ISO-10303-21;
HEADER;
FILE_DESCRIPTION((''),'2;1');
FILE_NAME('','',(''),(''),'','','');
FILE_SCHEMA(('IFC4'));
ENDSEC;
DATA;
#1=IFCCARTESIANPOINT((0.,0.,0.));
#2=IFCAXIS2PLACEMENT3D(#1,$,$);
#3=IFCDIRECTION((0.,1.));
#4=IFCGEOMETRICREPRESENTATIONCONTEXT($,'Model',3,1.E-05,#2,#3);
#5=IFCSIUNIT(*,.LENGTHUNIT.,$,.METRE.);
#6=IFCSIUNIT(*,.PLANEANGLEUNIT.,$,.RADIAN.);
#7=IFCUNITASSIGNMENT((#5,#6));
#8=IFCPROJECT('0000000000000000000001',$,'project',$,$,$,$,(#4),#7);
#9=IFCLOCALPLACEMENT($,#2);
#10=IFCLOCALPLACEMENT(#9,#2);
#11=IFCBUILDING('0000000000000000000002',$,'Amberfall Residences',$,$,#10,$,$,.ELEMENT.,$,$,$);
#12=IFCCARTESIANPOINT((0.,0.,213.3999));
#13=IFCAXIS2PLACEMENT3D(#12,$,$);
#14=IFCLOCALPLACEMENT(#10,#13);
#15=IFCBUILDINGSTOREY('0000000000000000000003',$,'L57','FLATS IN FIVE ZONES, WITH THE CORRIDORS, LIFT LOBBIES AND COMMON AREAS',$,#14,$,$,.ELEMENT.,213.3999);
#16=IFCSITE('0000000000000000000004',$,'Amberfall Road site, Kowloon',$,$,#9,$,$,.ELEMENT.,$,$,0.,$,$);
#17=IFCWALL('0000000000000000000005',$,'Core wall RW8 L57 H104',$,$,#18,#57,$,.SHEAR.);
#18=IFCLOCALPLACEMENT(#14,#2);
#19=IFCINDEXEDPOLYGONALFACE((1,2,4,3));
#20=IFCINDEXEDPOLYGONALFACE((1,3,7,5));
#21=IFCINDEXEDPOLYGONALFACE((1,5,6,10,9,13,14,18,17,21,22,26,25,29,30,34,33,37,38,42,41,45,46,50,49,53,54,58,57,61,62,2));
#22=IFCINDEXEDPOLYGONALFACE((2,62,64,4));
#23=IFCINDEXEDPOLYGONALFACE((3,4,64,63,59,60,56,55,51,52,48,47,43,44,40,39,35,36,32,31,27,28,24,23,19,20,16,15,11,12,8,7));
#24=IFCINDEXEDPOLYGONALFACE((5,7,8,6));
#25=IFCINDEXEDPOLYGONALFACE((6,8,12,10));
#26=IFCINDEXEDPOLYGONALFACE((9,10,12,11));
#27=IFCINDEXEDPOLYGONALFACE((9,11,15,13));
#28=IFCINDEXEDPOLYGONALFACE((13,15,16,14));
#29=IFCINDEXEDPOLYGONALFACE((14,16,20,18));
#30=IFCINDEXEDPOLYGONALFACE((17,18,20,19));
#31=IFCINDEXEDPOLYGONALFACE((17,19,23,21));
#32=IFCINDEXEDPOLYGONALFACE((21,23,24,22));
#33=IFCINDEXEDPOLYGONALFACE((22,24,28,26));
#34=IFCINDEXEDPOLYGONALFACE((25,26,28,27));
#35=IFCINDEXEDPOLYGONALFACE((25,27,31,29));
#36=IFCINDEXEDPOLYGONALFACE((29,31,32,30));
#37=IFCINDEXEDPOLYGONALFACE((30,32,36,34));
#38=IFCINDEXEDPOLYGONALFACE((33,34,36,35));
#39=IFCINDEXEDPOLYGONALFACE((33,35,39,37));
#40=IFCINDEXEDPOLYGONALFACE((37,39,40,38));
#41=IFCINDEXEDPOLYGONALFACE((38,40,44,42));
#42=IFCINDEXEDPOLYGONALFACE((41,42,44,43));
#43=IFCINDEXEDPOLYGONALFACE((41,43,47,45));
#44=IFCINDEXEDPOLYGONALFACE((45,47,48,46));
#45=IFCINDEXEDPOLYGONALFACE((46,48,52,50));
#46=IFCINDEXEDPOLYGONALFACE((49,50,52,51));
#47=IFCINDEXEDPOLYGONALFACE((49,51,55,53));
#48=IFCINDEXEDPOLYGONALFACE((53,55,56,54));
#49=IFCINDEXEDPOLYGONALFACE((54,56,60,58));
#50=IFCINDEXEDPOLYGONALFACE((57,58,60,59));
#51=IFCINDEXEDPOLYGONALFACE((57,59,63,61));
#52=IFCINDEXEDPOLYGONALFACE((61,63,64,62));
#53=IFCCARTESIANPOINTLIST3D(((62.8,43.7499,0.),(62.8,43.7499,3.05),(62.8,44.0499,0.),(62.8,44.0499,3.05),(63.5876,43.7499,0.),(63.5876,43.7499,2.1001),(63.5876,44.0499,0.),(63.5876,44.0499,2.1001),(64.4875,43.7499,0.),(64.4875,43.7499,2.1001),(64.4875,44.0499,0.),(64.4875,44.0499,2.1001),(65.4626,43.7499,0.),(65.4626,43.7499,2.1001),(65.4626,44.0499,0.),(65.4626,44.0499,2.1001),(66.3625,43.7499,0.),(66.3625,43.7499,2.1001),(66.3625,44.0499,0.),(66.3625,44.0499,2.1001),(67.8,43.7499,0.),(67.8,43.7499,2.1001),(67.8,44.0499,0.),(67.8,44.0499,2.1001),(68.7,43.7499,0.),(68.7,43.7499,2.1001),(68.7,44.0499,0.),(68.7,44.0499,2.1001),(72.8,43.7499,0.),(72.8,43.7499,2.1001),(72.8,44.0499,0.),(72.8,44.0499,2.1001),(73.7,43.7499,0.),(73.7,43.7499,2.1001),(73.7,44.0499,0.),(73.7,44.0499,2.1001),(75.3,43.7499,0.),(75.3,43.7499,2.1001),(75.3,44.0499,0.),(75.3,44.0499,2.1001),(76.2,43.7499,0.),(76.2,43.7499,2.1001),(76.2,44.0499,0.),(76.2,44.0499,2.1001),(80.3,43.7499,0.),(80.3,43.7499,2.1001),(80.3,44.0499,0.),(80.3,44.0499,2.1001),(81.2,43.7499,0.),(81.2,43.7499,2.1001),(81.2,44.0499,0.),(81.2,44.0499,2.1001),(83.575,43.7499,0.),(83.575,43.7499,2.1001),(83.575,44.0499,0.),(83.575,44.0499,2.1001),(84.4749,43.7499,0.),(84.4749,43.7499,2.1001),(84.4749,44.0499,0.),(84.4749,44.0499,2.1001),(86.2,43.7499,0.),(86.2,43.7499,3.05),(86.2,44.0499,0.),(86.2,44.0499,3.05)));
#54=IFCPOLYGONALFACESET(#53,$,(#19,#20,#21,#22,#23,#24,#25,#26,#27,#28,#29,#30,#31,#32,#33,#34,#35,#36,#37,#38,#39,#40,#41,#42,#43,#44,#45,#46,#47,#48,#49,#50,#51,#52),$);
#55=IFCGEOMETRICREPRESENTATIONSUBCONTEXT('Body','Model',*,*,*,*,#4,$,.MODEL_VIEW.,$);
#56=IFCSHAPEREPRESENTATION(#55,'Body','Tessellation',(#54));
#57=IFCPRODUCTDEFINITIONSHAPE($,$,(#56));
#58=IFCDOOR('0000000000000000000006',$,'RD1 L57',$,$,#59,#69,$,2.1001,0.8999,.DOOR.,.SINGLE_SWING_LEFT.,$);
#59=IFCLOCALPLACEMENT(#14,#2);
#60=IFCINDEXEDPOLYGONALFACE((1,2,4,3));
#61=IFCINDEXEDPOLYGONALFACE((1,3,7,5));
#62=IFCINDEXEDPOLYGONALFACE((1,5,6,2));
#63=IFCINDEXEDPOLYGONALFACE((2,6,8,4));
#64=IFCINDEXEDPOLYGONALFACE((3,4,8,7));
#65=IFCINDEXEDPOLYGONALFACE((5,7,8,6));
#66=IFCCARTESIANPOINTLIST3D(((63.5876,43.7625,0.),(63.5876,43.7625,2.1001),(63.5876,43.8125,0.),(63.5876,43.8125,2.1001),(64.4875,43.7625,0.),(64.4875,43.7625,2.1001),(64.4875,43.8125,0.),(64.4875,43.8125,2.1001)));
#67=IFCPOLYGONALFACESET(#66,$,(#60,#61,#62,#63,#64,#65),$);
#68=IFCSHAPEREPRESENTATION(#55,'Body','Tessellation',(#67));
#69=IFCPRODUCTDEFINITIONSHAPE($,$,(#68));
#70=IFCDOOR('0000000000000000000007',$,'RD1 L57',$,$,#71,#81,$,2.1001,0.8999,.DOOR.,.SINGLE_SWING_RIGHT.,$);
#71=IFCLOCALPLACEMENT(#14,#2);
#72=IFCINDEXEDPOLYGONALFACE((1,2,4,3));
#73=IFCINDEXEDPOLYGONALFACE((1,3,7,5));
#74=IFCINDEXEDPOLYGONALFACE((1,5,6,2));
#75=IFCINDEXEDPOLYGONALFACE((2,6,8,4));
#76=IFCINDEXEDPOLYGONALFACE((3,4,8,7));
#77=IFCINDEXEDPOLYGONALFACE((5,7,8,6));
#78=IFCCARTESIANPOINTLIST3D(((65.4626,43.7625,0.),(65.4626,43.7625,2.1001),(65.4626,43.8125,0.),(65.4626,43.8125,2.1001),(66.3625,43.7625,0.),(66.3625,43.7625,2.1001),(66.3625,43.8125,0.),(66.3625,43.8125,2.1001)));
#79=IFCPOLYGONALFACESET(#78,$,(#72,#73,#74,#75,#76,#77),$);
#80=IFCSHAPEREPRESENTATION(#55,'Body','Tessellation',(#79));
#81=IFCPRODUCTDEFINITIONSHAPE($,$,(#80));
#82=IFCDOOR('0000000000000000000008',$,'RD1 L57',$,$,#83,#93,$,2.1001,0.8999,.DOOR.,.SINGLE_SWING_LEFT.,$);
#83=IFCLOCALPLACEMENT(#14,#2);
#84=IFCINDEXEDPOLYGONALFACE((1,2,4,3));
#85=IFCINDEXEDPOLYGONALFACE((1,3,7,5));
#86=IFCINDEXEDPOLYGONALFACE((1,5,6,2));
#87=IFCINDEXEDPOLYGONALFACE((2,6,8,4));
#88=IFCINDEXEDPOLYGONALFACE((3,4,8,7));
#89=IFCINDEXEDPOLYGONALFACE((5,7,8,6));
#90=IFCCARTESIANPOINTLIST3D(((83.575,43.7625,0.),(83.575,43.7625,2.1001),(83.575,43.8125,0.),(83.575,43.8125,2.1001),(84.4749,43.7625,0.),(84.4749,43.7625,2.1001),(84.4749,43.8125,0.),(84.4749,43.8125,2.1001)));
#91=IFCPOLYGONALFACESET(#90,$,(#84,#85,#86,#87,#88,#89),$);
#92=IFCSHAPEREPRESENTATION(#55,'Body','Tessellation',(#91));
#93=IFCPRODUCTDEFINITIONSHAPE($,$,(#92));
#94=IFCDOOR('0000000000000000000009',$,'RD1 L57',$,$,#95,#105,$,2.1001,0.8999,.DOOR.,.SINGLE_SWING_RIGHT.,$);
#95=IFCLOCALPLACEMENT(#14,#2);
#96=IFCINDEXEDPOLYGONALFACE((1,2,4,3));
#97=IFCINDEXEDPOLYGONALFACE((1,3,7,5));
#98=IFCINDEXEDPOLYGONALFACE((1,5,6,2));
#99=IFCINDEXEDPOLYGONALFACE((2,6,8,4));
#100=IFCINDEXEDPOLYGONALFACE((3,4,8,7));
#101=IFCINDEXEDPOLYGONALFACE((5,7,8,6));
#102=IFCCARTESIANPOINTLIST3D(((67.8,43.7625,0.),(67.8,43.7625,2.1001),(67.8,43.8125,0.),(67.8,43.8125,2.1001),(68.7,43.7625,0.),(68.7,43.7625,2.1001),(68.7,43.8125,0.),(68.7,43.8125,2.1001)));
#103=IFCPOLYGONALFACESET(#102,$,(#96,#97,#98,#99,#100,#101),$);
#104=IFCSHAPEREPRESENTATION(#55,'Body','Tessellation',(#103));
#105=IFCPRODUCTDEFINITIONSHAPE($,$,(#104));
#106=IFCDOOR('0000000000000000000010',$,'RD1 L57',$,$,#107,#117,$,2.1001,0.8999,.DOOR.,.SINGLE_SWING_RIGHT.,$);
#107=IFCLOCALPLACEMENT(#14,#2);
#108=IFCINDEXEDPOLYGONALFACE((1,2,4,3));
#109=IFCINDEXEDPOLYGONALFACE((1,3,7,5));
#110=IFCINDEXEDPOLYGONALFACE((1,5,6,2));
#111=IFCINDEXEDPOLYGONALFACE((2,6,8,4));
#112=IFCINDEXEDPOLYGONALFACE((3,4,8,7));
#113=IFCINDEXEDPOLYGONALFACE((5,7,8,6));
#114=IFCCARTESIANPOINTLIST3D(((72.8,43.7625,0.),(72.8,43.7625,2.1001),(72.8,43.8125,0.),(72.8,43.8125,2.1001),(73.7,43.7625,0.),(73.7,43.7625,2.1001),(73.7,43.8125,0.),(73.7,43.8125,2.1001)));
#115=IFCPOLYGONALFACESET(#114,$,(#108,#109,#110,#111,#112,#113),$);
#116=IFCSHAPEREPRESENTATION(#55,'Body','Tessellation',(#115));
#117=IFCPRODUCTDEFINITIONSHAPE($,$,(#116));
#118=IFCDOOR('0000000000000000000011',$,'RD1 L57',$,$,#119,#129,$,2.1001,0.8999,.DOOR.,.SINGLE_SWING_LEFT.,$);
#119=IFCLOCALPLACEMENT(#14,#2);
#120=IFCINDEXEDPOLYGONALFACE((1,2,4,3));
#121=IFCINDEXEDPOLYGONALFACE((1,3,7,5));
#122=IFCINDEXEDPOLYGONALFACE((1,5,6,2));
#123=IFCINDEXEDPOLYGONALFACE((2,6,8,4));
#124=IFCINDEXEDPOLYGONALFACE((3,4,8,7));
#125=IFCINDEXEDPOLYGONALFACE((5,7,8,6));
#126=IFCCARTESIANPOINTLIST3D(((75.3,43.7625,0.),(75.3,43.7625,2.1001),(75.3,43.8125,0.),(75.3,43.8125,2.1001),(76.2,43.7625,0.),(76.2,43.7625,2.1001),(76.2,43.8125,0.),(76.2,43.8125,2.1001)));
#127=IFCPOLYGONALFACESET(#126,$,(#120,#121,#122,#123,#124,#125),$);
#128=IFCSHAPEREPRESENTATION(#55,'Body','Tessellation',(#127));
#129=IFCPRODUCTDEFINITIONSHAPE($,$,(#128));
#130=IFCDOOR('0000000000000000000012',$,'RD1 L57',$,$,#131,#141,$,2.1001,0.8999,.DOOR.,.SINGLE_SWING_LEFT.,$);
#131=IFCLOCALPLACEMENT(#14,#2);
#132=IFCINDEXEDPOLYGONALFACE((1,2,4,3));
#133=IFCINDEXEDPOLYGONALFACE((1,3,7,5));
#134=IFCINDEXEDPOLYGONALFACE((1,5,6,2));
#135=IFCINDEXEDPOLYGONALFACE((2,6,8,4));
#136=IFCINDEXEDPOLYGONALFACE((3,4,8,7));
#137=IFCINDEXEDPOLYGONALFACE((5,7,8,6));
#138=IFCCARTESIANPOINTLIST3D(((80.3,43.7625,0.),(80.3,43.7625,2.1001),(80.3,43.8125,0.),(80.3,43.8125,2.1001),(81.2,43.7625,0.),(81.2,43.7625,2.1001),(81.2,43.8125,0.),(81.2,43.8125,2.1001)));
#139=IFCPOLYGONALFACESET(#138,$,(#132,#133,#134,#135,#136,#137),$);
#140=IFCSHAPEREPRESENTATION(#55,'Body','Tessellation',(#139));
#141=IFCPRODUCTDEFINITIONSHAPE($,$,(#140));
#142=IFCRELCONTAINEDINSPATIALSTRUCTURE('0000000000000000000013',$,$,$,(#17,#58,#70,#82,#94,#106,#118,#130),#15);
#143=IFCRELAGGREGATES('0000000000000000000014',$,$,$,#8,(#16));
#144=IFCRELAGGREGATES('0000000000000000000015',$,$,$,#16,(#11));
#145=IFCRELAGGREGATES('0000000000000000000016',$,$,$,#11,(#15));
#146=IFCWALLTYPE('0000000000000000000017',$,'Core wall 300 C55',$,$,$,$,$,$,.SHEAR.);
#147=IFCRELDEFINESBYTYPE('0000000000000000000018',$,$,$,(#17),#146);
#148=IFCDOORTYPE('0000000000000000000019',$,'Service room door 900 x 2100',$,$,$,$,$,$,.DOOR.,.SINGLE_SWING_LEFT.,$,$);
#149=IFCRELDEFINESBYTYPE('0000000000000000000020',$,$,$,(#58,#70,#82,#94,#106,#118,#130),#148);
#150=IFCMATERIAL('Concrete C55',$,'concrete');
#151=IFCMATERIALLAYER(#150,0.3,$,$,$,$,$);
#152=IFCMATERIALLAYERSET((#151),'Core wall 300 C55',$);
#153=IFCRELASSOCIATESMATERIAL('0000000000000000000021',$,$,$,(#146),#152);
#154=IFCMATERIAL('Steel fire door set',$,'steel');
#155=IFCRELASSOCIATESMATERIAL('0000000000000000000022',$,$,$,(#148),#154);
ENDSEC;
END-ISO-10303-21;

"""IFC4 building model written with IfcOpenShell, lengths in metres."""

from ifc_helpers import new_model, si_unit, direction, frame, frame_2d, origin, place, context, subcontext, project, spatial, rectangle, extrude, material, layer, layer_set, type_object, element, fill, save


model = new_model("IFC4")

# Units and contexts
model_context = context("Model", 3, precision=1e-05, world=origin(), true_north=direction((0.0, 1.0)))
body_context = subcontext(model_context, "Body", "Model", "MODEL_VIEW")
ifc_project = project(units=[si_unit("LENGTHUNIT", "METRE"), si_unit("PLANEANGLEUNIT", "RADIAN")], contexts=[model_context])

# Site, building, storey
site_placement = place(None, origin())
site = spatial("IfcSite", under=ifc_project, at=site_placement, Name="Amberfall Road site, Kowloon", CompositionType="ELEMENT", RefElevation=0.0)
building_placement = place(site_placement, origin())
building = spatial("IfcBuilding", under=site, at=building_placement, Name="Amberfall Residences", CompositionType="ELEMENT")
storey_placement = place(building_placement, frame((0.0, 0.0, 213.3999)))
storey = spatial("IfcBuildingStorey", under=building, at=storey_placement, Name="L57", Description="FLATS IN FIVE ZONES, WITH THE CORRIDORS, LIFT LOBBIES AND COMMON AREAS", CompositionType="ELEMENT", Elevation=213.3999)

# Wall, openings, doors
ifc_material_1 = material(Name="Concrete C55", Category="concrete")
ifc_layer_1 = layer(ifc_material_1, 0.3)
ifc_layer_set_1 = layer_set([ifc_layer_1], Name="Core wall 300 C55")
wall_type_1 = type_object("IfcWallType", Name="Core wall 300 C55", PredefinedType="SHEAR", material=ifc_layer_set_1)
wall_1_placement = place(storey_placement, frame((62.8, 43.8999, 0.0), z_axis=(0.0, 0.0, 1.0), x_axis=(1.0, 0.0, 0.0)))
wall_1 = element("IfcWall", 1, at=wall_1_placement, inside=storey, type_object=wall_type_1, Name="Core wall RW8 L57 H104", PredefinedType="SHEAR", context=body_context, shape_type="SweptSolid", body=[
    extrude(rectangle(XDim=23.3999, YDim=0.3, at=frame_2d((11.7, 0.0))), origin(), (0.0, 0.0, 1.0), 3.05),
])
opening_1_placement = place(wall_1_placement, frame((0.7876, 0.0, 0.0)))
opening_1 = element("IfcOpeningElement", 2, at=opening_1_placement, cuts=wall_1, PredefinedType="OPENING", context=body_context, shape_type="SweptSolid", body=[
    extrude(rectangle(XDim=0.8999, YDim=2.1001, at=frame_2d((0.45, 1.05))), frame((0.0, 0.1599, 0.0), z_axis=(0.0, -1.0, 0.0), x_axis=(1.0, 0.0, 0.0)), (0.0, 0.0, 1.0), 0.3201),
])
opening_2_placement = place(wall_1_placement, frame((2.6626, 0.0, 0.0)))
opening_2 = element("IfcOpeningElement", 3, at=opening_2_placement, cuts=wall_1, PredefinedType="OPENING", context=body_context, shape_type="SweptSolid", body=[
    extrude(rectangle(XDim=0.8999, YDim=2.1001, at=frame_2d((0.45, 1.05))), frame((0.0, 0.1599, 0.0), z_axis=(0.0, -1.0, 0.0), x_axis=(1.0, 0.0, 0.0)), (0.0, 0.0, 1.0), 0.3201),
])
opening_3_placement = place(wall_1_placement, frame((20.7749, 0.0, 0.0)))
opening_3 = element("IfcOpeningElement", 4, at=opening_3_placement, cuts=wall_1, PredefinedType="OPENING", context=body_context, shape_type="SweptSolid", body=[
    extrude(rectangle(XDim=0.8999, YDim=2.1001, at=frame_2d((0.45, 1.05))), frame((0.0, 0.1599, 0.0), z_axis=(0.0, -1.0, 0.0), x_axis=(1.0, 0.0, 0.0)), (0.0, 0.0, 1.0), 0.3201),
])
opening_4_placement = place(wall_1_placement, frame((5.0, 0.0, 0.0)))
opening_4 = element("IfcOpeningElement", 5, at=opening_4_placement, cuts=wall_1, PredefinedType="OPENING", context=body_context, shape_type="SweptSolid", body=[
    extrude(rectangle(XDim=0.8999, YDim=2.1001, at=frame_2d((0.45, 1.05))), frame((0.0, 0.1599, 0.0), z_axis=(0.0, -1.0, 0.0), x_axis=(1.0, 0.0, 0.0)), (0.0, 0.0, 1.0), 0.3201),
])
opening_5_placement = place(wall_1_placement, frame((10.0, 0.0, 0.0)))
opening_5 = element("IfcOpeningElement", 6, at=opening_5_placement, cuts=wall_1, PredefinedType="OPENING", context=body_context, shape_type="SweptSolid", body=[
    extrude(rectangle(XDim=0.8999, YDim=2.1001, at=frame_2d((0.45, 1.05))), frame((0.0, 0.1599, 0.0), z_axis=(0.0, -1.0, 0.0), x_axis=(1.0, 0.0, 0.0)), (0.0, 0.0, 1.0), 0.3201),
])
opening_6_placement = place(wall_1_placement, frame((12.5, 0.0, 0.0)))
opening_6 = element("IfcOpeningElement", 7, at=opening_6_placement, cuts=wall_1, PredefinedType="OPENING", context=body_context, shape_type="SweptSolid", body=[
    extrude(rectangle(XDim=0.8999, YDim=2.1001, at=frame_2d((0.45, 1.05))), frame((0.0, 0.1599, 0.0), z_axis=(0.0, -1.0, 0.0), x_axis=(1.0, 0.0, 0.0)), (0.0, 0.0, 1.0), 0.3201),
])
opening_7_placement = place(wall_1_placement, frame((17.5, 0.0, 0.0)))
opening_7 = element("IfcOpeningElement", 8, at=opening_7_placement, cuts=wall_1, PredefinedType="OPENING", context=body_context, shape_type="SweptSolid", body=[
    extrude(rectangle(XDim=0.8999, YDim=2.1001, at=frame_2d((0.45, 1.05))), frame((0.0, 0.1599, 0.0), z_axis=(0.0, -1.0, 0.0), x_axis=(1.0, 0.0, 0.0)), (0.0, 0.0, 1.0), 0.3201),
])
ifc_material_2 = material(Name="Steel fire door set", Category="steel")
door_type_1 = type_object("IfcDoorType", Name="Service room door 900 x 2100", OperationType="SINGLE_SWING_LEFT", PredefinedType="DOOR", material=ifc_material_2)
door_1_placement = place(opening_1_placement, origin())
door_1 = element("IfcDoor", 9, at=door_1_placement, inside=storey, type_object=door_type_1, Name="RD1 L57", OperationType="SINGLE_SWING_LEFT", OverallHeight=2.1001, OverallWidth=0.8999, PredefinedType="DOOR", context=body_context, shape_type="SweptSolid", body=[
    extrude(rectangle(XDim=0.8999, YDim=2.1001, at=frame_2d((0.45, 1.05))), frame((0.0, -0.0874, 0.0), z_axis=(0.0, -1.0, 0.0), x_axis=(1.0, 0.0, 0.0)), (0.0, 0.0, 1.0), 0.05),
])
fill(opening_1, door_1)
door_2_placement = place(opening_2_placement, origin())
door_2 = element("IfcDoor", 10, at=door_2_placement, inside=storey, type_object=door_type_1, Name="RD1 L57", OperationType="SINGLE_SWING_RIGHT", OverallHeight=2.1001, OverallWidth=0.8999, PredefinedType="DOOR", context=body_context, shape_type="SweptSolid", body=[
    extrude(rectangle(XDim=0.8999, YDim=2.1001, at=frame_2d((0.45, 1.05))), frame((0.0, -0.0874, 0.0), z_axis=(0.0, -1.0, 0.0), x_axis=(1.0, 0.0, 0.0)), (0.0, 0.0, 1.0), 0.05),
])
fill(opening_2, door_2)
door_3_placement = place(opening_3_placement, origin())
door_3 = element("IfcDoor", 11, at=door_3_placement, inside=storey, type_object=door_type_1, Name="RD1 L57", OperationType="SINGLE_SWING_LEFT", OverallHeight=2.1001, OverallWidth=0.8999, PredefinedType="DOOR", context=body_context, shape_type="SweptSolid", body=[
    extrude(rectangle(XDim=0.8999, YDim=2.1001, at=frame_2d((0.45, 1.05))), frame((0.0, -0.0874, 0.0), z_axis=(0.0, -1.0, 0.0), x_axis=(1.0, 0.0, 0.0)), (0.0, 0.0, 1.0), 0.05),
])
fill(opening_3, door_3)
door_4_placement = place(opening_4_placement, origin())
door_4 = element("IfcDoor", 12, at=door_4_placement, inside=storey, type_object=door_type_1, Name="RD1 L57", OperationType="SINGLE_SWING_RIGHT", OverallHeight=2.1001, OverallWidth=0.8999, PredefinedType="DOOR", context=body_context, shape_type="SweptSolid", body=[
    extrude(rectangle(XDim=0.8999, YDim=2.1001, at=frame_2d((0.45, 1.05))), frame((0.0, -0.0874, 0.0), z_axis=(0.0, -1.0, 0.0), x_axis=(1.0, 0.0, 0.0)), (0.0, 0.0, 1.0), 0.05),
])
fill(opening_4, door_4)
door_5_placement = place(opening_5_placement, origin())
door_5 = element("IfcDoor", 13, at=door_5_placement, inside=storey, type_object=door_type_1, Name="RD1 L57", OperationType="SINGLE_SWING_RIGHT", OverallHeight=2.1001, OverallWidth=0.8999, PredefinedType="DOOR", context=body_context, shape_type="SweptSolid", body=[
    extrude(rectangle(XDim=0.8999, YDim=2.1001, at=frame_2d((0.45, 1.05))), frame((0.0, -0.0874, 0.0), z_axis=(0.0, -1.0, 0.0), x_axis=(1.0, 0.0, 0.0)), (0.0, 0.0, 1.0), 0.05),
])
fill(opening_5, door_5)
door_6_placement = place(opening_6_placement, origin())
door_6 = element("IfcDoor", 14, at=door_6_placement, inside=storey, type_object=door_type_1, Name="RD1 L57", OperationType="SINGLE_SWING_LEFT", OverallHeight=2.1001, OverallWidth=0.8999, PredefinedType="DOOR", context=body_context, shape_type="SweptSolid", body=[
    extrude(rectangle(XDim=0.8999, YDim=2.1001, at=frame_2d((0.45, 1.05))), frame((0.0, -0.0874, 0.0), z_axis=(0.0, -1.0, 0.0), x_axis=(1.0, 0.0, 0.0)), (0.0, 0.0, 1.0), 0.05),
])
fill(opening_6, door_6)
door_7_placement = place(opening_7_placement, origin())
door_7 = element("IfcDoor", 15, at=door_7_placement, inside=storey, type_object=door_type_1, Name="RD1 L57", OperationType="SINGLE_SWING_LEFT", OverallHeight=2.1001, OverallWidth=0.8999, PredefinedType="DOOR", context=body_context, shape_type="SweptSolid", body=[
    extrude(rectangle(XDim=0.8999, YDim=2.1001, at=frame_2d((0.45, 1.05))), frame((0.0, -0.0874, 0.0), z_axis=(0.0, -1.0, 0.0), x_axis=(1.0, 0.0, 0.0)), (0.0, 0.0, 1.0), 0.05),
])
fill(opening_7, door_7)

save(model, "model.ifc")
